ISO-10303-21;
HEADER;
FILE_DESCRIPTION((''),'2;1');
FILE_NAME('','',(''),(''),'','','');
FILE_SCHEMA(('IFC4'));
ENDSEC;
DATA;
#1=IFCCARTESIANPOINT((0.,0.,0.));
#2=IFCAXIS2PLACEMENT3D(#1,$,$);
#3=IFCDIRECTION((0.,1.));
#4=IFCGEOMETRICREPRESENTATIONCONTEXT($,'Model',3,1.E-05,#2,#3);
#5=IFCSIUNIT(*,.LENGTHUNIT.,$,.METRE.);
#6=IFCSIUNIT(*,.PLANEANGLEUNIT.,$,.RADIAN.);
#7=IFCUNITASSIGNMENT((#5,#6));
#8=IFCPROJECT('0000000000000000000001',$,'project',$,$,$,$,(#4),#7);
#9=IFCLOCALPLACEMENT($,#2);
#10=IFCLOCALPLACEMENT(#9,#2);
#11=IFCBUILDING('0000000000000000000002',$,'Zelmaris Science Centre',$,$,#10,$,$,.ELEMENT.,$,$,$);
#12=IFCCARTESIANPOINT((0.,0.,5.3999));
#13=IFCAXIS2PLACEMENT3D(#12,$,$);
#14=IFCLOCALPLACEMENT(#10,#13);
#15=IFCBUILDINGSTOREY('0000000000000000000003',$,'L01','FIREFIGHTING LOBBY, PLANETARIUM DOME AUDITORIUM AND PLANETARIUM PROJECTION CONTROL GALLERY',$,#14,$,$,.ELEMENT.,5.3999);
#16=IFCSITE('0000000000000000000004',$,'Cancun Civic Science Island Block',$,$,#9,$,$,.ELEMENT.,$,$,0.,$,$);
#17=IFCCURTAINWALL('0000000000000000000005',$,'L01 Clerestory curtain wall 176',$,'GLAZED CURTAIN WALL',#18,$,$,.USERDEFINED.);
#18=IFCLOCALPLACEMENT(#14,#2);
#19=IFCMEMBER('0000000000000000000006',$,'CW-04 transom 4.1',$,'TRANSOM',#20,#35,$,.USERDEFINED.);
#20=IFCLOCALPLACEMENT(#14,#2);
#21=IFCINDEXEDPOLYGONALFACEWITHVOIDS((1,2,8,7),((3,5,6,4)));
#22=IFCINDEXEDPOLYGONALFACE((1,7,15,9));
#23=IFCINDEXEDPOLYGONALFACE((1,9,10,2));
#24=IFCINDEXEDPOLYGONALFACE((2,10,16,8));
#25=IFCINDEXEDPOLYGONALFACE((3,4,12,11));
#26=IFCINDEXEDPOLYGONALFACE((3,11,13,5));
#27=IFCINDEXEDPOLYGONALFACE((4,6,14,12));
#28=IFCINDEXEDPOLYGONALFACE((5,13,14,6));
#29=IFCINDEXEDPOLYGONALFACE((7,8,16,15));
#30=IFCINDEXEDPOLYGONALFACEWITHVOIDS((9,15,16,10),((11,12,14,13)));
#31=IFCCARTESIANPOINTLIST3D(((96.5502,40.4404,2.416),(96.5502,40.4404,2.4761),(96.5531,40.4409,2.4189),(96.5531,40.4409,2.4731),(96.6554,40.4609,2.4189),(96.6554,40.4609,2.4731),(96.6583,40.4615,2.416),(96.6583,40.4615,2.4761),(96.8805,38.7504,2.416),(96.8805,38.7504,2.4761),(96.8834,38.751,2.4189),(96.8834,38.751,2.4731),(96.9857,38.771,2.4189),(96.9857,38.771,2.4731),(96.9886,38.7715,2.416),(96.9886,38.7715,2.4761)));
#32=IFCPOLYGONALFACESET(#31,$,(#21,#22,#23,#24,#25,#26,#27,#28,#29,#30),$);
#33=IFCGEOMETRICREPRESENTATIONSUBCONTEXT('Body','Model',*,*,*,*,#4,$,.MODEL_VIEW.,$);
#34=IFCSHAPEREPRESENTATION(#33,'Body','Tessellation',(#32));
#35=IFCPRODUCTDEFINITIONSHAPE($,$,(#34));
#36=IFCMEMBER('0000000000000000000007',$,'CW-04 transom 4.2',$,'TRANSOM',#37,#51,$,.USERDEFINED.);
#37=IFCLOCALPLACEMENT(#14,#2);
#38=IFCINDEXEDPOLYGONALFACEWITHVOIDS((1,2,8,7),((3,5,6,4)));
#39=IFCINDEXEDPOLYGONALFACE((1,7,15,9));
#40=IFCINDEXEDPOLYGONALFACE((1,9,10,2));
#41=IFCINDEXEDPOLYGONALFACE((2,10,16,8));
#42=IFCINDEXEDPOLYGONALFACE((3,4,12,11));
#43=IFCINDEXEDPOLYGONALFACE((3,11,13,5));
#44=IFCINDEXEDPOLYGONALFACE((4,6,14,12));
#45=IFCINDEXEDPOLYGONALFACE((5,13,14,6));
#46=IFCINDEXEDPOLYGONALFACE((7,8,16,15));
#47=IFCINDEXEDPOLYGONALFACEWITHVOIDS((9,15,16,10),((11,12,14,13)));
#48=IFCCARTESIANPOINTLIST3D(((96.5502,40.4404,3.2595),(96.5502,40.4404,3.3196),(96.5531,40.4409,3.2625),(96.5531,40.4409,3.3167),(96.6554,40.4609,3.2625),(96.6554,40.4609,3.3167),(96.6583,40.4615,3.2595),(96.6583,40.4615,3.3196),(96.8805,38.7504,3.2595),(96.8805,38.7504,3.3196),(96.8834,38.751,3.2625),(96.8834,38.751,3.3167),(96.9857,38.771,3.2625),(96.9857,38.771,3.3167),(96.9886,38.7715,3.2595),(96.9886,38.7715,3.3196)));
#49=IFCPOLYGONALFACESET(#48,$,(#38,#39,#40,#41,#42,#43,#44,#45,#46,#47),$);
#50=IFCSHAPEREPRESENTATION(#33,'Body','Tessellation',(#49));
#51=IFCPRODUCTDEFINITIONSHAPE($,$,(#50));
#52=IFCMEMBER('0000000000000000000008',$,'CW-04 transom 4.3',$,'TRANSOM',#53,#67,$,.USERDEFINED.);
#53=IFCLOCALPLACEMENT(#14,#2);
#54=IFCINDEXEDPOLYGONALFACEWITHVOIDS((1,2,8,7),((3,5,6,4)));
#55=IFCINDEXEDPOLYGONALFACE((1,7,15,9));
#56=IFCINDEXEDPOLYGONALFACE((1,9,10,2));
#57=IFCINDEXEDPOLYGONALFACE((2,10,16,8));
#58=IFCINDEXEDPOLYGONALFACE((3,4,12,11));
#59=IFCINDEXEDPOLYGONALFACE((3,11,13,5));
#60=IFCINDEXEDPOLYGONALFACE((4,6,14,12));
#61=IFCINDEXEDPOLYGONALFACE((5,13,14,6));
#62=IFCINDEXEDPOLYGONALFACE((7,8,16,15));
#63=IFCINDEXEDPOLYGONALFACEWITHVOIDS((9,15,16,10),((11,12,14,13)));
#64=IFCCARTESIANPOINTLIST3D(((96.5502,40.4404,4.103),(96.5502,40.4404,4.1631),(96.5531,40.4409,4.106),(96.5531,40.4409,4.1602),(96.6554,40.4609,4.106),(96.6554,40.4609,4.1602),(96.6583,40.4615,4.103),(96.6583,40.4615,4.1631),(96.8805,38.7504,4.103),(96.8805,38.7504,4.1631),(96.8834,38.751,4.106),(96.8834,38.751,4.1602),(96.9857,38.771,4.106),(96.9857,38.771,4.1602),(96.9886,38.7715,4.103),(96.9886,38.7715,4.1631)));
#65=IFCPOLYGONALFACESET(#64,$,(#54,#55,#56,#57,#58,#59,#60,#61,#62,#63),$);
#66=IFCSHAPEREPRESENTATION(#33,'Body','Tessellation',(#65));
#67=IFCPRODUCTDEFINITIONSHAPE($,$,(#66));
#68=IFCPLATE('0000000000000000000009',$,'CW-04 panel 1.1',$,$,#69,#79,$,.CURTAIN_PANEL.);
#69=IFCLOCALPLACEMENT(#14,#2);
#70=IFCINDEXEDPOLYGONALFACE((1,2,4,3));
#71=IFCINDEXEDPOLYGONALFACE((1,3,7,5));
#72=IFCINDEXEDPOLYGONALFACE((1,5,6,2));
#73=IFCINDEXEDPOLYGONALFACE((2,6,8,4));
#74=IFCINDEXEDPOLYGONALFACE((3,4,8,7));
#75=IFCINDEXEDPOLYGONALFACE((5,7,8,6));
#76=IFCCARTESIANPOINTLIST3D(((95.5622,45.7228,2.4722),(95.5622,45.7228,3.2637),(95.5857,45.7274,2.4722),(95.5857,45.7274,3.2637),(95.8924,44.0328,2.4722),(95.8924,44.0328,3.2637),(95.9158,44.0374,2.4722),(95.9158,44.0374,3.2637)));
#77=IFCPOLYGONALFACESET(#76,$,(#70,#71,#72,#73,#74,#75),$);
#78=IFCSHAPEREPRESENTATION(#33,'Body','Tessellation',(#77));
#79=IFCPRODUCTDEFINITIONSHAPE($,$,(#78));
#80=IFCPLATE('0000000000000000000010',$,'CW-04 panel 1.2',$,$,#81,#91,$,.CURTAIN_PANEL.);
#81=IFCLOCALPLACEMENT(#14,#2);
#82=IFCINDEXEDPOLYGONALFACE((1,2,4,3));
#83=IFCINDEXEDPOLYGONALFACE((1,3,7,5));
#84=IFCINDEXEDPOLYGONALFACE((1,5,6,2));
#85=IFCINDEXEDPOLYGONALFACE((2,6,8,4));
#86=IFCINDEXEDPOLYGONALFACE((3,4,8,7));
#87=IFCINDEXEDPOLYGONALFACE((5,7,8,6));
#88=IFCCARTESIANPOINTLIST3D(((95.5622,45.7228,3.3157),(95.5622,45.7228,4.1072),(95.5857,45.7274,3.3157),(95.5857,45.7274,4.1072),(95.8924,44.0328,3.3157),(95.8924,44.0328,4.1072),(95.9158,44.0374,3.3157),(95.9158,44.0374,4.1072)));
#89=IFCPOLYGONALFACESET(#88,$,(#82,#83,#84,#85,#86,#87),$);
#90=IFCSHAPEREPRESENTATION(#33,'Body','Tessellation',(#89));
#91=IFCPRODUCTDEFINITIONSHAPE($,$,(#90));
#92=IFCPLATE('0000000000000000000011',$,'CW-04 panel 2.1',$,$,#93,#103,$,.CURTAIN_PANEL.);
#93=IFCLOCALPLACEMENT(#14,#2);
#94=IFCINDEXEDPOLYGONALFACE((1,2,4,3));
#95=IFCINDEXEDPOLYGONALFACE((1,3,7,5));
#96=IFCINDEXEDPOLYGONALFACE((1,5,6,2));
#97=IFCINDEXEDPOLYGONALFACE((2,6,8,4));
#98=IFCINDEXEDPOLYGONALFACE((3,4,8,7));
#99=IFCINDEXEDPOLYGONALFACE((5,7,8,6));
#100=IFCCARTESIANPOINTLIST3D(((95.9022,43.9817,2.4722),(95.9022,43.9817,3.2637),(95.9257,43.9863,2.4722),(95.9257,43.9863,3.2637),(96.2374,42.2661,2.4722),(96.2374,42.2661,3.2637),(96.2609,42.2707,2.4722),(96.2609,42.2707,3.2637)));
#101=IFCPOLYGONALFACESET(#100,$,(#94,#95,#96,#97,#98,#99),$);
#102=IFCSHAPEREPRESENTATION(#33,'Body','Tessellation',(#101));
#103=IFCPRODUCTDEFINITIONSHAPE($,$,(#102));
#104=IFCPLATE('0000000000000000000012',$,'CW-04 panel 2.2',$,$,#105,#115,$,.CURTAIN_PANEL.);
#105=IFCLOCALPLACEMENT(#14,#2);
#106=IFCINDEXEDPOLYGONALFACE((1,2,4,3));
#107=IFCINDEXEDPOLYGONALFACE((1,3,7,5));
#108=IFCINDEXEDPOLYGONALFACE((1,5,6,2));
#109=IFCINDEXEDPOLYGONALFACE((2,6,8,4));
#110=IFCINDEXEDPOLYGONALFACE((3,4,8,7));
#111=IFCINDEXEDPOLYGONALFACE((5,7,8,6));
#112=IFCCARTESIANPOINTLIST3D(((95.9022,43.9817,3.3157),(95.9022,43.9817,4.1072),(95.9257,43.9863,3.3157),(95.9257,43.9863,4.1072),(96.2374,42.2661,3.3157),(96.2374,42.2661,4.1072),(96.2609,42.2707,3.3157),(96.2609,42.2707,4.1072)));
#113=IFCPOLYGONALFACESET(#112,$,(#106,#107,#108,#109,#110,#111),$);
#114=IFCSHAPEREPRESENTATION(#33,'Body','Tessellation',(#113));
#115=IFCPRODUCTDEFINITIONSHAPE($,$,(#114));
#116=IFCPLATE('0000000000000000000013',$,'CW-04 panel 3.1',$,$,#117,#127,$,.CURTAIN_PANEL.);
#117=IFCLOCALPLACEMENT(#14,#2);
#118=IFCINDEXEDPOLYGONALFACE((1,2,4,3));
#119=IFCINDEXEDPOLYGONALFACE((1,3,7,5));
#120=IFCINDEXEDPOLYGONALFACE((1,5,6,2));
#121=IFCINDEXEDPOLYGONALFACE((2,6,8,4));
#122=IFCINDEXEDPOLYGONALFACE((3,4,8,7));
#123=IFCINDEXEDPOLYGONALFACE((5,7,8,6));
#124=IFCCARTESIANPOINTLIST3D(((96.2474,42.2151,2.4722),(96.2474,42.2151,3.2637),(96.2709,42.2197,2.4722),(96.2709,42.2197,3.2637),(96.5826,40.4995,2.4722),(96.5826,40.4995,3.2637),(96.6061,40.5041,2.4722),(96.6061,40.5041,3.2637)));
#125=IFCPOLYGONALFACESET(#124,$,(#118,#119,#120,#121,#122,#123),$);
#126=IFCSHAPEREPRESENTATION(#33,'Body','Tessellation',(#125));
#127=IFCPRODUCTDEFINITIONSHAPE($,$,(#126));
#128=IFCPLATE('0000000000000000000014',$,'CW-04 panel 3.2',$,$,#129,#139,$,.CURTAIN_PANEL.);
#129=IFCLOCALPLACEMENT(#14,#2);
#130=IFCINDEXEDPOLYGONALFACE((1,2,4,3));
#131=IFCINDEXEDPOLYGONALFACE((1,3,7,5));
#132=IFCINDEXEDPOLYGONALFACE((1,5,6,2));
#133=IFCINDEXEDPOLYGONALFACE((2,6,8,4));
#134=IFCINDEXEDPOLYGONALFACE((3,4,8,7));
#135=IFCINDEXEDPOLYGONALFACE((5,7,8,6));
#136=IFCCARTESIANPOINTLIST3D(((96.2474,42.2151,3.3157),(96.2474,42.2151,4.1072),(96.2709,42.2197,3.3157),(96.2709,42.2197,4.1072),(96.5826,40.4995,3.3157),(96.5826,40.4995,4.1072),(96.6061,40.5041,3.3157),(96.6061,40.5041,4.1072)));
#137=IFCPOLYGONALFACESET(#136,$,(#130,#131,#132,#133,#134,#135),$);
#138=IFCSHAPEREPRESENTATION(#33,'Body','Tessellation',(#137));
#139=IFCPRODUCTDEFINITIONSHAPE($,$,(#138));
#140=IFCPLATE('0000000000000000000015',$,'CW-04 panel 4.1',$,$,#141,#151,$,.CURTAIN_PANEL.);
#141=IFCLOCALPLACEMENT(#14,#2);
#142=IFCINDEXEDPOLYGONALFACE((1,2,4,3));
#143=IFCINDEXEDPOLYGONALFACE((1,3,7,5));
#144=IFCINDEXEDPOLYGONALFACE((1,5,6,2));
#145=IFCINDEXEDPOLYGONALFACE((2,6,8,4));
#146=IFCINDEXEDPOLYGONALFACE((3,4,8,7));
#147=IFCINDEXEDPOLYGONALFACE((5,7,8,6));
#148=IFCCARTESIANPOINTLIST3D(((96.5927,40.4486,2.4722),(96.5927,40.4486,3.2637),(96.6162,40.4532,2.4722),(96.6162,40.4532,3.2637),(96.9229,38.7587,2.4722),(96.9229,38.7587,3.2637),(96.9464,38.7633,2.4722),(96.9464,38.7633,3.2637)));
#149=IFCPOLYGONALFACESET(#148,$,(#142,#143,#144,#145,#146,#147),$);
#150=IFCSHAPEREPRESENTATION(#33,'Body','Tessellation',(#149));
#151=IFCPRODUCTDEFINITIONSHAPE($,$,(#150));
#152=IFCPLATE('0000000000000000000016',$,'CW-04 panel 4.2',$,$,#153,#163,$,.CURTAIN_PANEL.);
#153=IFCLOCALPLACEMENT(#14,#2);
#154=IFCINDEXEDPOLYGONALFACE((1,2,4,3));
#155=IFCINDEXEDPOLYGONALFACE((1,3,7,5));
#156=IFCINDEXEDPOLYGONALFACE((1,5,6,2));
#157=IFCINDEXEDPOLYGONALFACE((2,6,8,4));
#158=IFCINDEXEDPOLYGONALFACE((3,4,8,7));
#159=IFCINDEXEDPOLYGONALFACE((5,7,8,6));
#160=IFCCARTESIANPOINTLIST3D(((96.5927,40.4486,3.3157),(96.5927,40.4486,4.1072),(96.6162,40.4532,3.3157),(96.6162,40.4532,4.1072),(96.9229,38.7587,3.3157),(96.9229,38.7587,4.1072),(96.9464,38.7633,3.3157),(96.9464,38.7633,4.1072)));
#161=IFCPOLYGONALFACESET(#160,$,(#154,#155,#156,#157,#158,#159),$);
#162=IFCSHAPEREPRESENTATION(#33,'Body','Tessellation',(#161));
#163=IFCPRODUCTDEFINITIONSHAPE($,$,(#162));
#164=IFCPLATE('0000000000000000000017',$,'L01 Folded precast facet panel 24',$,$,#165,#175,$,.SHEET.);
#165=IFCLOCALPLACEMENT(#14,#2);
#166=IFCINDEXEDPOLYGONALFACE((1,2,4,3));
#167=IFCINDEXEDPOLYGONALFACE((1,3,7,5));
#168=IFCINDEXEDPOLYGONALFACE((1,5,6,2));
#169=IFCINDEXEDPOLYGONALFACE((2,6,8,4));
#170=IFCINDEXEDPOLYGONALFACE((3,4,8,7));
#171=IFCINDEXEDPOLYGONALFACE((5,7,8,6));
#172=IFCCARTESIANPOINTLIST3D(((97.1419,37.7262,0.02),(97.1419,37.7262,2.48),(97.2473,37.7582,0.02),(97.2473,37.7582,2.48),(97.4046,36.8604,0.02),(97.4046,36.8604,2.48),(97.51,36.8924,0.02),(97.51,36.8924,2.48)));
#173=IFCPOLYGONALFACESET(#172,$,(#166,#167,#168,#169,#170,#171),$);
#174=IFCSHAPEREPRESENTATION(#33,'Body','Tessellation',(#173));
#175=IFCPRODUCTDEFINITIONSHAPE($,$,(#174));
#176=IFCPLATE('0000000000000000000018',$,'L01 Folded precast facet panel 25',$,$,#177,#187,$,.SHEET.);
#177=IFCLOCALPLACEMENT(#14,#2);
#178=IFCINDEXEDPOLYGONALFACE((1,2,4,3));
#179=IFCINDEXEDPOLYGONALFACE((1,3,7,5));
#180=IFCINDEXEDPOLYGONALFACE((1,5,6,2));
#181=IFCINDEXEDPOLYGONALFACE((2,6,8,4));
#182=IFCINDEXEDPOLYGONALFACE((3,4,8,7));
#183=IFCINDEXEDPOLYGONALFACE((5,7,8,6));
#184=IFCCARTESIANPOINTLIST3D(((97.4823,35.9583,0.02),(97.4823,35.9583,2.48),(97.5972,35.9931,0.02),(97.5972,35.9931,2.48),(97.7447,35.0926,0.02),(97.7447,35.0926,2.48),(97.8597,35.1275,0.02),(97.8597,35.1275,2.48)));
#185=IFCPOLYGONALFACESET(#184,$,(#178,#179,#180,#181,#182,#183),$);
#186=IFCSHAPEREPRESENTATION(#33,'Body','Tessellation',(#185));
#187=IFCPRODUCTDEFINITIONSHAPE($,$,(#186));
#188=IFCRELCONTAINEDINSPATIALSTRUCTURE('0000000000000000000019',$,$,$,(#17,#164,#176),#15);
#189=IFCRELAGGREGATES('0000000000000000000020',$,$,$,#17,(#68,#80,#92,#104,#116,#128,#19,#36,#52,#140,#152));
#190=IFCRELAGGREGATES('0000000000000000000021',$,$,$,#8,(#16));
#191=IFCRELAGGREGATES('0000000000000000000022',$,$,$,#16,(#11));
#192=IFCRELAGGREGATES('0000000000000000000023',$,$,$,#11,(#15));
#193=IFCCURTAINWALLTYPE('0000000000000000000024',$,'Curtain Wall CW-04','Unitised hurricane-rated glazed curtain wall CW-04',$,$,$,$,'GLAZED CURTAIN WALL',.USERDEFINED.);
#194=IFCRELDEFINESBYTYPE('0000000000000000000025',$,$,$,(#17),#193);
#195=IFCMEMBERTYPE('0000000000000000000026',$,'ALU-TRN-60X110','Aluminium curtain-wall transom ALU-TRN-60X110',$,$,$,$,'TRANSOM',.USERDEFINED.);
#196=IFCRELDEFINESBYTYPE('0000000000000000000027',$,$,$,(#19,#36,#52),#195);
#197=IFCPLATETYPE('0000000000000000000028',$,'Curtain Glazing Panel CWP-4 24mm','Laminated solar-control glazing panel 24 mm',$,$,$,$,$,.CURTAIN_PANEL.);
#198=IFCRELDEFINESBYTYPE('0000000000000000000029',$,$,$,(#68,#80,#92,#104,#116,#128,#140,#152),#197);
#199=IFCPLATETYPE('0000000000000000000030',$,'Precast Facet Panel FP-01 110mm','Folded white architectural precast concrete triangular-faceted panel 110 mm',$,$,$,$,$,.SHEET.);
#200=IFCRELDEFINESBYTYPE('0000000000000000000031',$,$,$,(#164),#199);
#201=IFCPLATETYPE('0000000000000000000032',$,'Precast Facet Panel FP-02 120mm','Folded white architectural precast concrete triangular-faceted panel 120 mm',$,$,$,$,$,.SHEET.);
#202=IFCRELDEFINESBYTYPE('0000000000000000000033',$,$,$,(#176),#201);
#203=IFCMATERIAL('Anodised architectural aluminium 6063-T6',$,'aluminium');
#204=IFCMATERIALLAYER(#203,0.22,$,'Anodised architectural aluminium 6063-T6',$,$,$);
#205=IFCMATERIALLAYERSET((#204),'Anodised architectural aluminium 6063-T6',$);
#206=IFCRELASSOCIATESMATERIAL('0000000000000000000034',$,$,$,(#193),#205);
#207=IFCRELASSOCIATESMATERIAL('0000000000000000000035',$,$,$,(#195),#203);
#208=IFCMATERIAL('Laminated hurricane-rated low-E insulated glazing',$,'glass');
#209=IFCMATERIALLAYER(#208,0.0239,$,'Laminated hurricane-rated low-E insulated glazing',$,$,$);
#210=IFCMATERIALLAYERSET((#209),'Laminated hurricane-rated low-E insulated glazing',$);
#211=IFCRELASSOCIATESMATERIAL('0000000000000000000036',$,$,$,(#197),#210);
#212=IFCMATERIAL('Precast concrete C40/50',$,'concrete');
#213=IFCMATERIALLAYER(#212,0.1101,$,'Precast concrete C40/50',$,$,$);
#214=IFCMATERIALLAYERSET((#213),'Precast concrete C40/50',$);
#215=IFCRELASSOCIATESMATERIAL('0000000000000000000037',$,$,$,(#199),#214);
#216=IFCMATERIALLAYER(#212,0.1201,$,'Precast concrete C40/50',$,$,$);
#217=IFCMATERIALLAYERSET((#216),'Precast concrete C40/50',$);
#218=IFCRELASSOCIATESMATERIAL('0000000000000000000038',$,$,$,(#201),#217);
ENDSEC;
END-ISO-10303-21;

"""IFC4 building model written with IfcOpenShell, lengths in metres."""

from ifc_helpers import new_model, si_unit, direction, frame, frame_2d, origin, origin_2d, place, context, subcontext, project, spatial, rectangle, hollow_rectangle, extrude, material, layer, layer_set, material_profile, profile_set, type_object, element, aggregate, save


model = new_model("IFC4")

# Units and contexts
model_context = context("Model", 3, precision=1e-05, world=origin(), true_north=direction((0.0, 1.0)))
body_context = subcontext(model_context, "Body", "Model", "MODEL_VIEW")
ifc_project = project(units=[si_unit("LENGTHUNIT", "METRE"), si_unit("PLANEANGLEUNIT", "RADIAN")], contexts=[model_context])

# Site, building, storey
site_placement = place(None, origin())
site = spatial("IfcSite", under=ifc_project, at=site_placement, Name="Cancun Civic Science Island Block", CompositionType="ELEMENT", RefElevation=0.0)
building_placement = place(site_placement, origin())
building = spatial("IfcBuilding", under=site, at=building_placement, Name="Zelmaris Science Centre", CompositionType="ELEMENT")
storey_placement = place(building_placement, frame((0.0, 0.0, 5.3999)))
storey = spatial("IfcBuildingStorey", under=building, at=storey_placement, Name="L01", Description="FIREFIGHTING LOBBY, PLANETARIUM DOME AUDITORIUM AND PLANETARIUM PROJECTION CONTROL GALLERY", CompositionType="ELEMENT", Elevation=5.3999)

# Curtain wall, members, plates
ifc_material_1 = material(Name="Anodised architectural aluminium 6063-T6", Category="aluminium")
ifc_layer_1 = layer(ifc_material_1, 0.22, Name="Anodised architectural aluminium 6063-T6")
ifc_layer_set_1 = layer_set([ifc_layer_1], Name="Anodised architectural aluminium 6063-T6")
curtain_wall_type = type_object("IfcCurtainWallType", Name="Curtain Wall CW-04", Description="Unitised hurricane-rated glazed curtain wall CW-04", ElementType="GLAZED CURTAIN WALL", PredefinedType="USERDEFINED", material=ifc_layer_set_1)
curtain_wall_placement = place(storey_placement, origin())
curtain_wall = element("IfcCurtainWall", 1, at=curtain_wall_placement, inside=storey, type_object=curtain_wall_type, Name="L01 Clerestory curtain wall 176", ObjectType="GLAZED CURTAIN WALL", PredefinedType="USERDEFINED")
ifc_material_profile_1 = material_profile(ifc_material_1, hollow_rectangle(XDim=0.0601, YDim=0.1101, WallThickness=0.0029, at=origin_2d()), Name="ALU-TRN-60X110")
ifc_profile_set_1 = profile_set([ifc_material_profile_1], Name="Anodised architectural aluminium 6063-T6")
member_type_1 = type_object("IfcMemberType", Name="ALU-TRN-60X110", Description="Aluminium curtain-wall transom ALU-TRN-60X110", ElementType="TRANSOM", PredefinedType="USERDEFINED", material=ifc_profile_set_1)
member_1_placement = place(storey_placement, frame((96.6042, 40.4509, 2.446), z_axis=(0.191833, -0.981427, 0.0), x_axis=(0.0, 0.0, 1.0)))
member_1 = element("IfcMember", 2, at=member_1_placement, type_object=member_type_1, Name="CW-04 transom 4.1", ObjectType="TRANSOM", PredefinedType="USERDEFINED", context=body_context, shape_type="SweptSolid", body=[
    extrude(hollow_rectangle(XDim=0.0601, YDim=0.1101, WallThickness=0.0029, at=origin_2d()), origin(), (0.0, 0.0, 1.0), 1.7219),
])
member_2_placement = place(storey_placement, frame((96.6042, 40.4509, 3.2896), z_axis=(0.191833, -0.981427, 0.0), x_axis=(0.0, 0.0, 1.0)))
member_2 = element("IfcMember", 3, at=member_2_placement, type_object=member_type_1, Name="CW-04 transom 4.2", ObjectType="TRANSOM", PredefinedType="USERDEFINED", context=body_context, shape_type="SweptSolid", body=[
    extrude(hollow_rectangle(XDim=0.0601, YDim=0.1101, WallThickness=0.0029, at=origin_2d()), origin(), (0.0, 0.0, 1.0), 1.7219),
])
member_3_placement = place(storey_placement, frame((96.6042, 40.4509, 4.1331), z_axis=(0.191833, -0.981427, 0.0), x_axis=(0.0, 0.0, 1.0)))
member_3 = element("IfcMember", 4, at=member_3_placement, type_object=member_type_1, Name="CW-04 transom 4.3", ObjectType="TRANSOM", PredefinedType="USERDEFINED", context=body_context, shape_type="SweptSolid", body=[
    extrude(hollow_rectangle(XDim=0.0601, YDim=0.1101, WallThickness=0.0029, at=origin_2d()), origin(), (0.0, 0.0, 1.0), 1.7219),
])
ifc_material_2 = material(Name="Laminated hurricane-rated low-E insulated glazing", Category="glass")
ifc_layer_2 = layer(ifc_material_2, 0.0239, Name="Laminated hurricane-rated low-E insulated glazing")
ifc_layer_set_2 = layer_set([ifc_layer_2], Name="Laminated hurricane-rated low-E insulated glazing")
plate_type_1 = type_object("IfcPlateType", Name="Curtain Glazing Panel CWP-4 24mm", Description="Laminated solar-control glazing panel 24 mm", PredefinedType="CURTAIN_PANEL", material=ifc_layer_set_2)
plate_1_placement = place(storey_placement, frame((95.739, 44.8801, 2.4722), z_axis=(0.0, 0.0, 1.0), x_axis=(0.19175, -0.981444, 0.0)))
plate_1 = element("IfcPlate", 5, at=plate_1_placement, type_object=plate_type_1, Name="CW-04 panel 1.1", PredefinedType="CURTAIN_PANEL", context=body_context, shape_type="SweptSolid", body=[
    extrude(rectangle(XDim=1.7219, YDim=0.0239, at=origin_2d()), origin(), (0.0, 0.0, 1.0), 0.7915),
])
plate_2_placement = place(storey_placement, frame((95.739, 44.8801, 3.3157), z_axis=(0.0, 0.0, 1.0), x_axis=(0.19175, -0.981444, 0.0)))
plate_2 = element("IfcPlate", 6, at=plate_2_placement, type_object=plate_type_1, Name="CW-04 panel 1.2", PredefinedType="CURTAIN_PANEL", context=body_context, shape_type="SweptSolid", body=[
    extrude(rectangle(XDim=1.7219, YDim=0.0239, at=origin_2d()), origin(), (0.0, 0.0, 1.0), 0.7915),
])
plate_3_placement = place(storey_placement, frame((96.0815, 43.1262, 2.4722), z_axis=(0.0, 0.0, 1.0), x_axis=(0.19175, -0.981444, 0.0)))
plate_3 = element("IfcPlate", 7, at=plate_3_placement, type_object=plate_type_1, Name="CW-04 panel 2.1", PredefinedType="CURTAIN_PANEL", context=body_context, shape_type="SweptSolid", body=[
    extrude(rectangle(XDim=1.748, YDim=0.0239, at=origin_2d()), origin(), (0.0, 0.0, 1.0), 0.7915),
])
plate_4_placement = place(storey_placement, frame((96.0815, 43.1262, 3.3157), z_axis=(0.0, 0.0, 1.0), x_axis=(0.19175, -0.981444, 0.0)))
plate_4 = element("IfcPlate", 8, at=plate_4_placement, type_object=plate_type_1, Name="CW-04 panel 2.2", PredefinedType="CURTAIN_PANEL", context=body_context, shape_type="SweptSolid", body=[
    extrude(rectangle(XDim=1.748, YDim=0.0239, at=origin_2d()), origin(), (0.0, 0.0, 1.0), 0.7915),
])
plate_5_placement = place(storey_placement, frame((96.4268, 41.3596, 2.4722), z_axis=(0.0, 0.0, 1.0), x_axis=(0.19175, -0.981444, 0.0)))
plate_5 = element("IfcPlate", 9, at=plate_5_placement, type_object=plate_type_1, Name="CW-04 panel 3.1", PredefinedType="CURTAIN_PANEL", context=body_context, shape_type="SweptSolid", body=[
    extrude(rectangle(XDim=1.748, YDim=0.0239, at=origin_2d()), origin(), (0.0, 0.0, 1.0), 0.7915),
])
plate_6_placement = place(storey_placement, frame((96.4268, 41.3596, 3.3157), z_axis=(0.0, 0.0, 1.0), x_axis=(0.19175, -0.981444, 0.0)))
plate_6 = element("IfcPlate", 10, at=plate_6_placement, type_object=plate_type_1, Name="CW-04 panel 3.2", PredefinedType="CURTAIN_PANEL", context=body_context, shape_type="SweptSolid", body=[
    extrude(rectangle(XDim=1.748, YDim=0.0239, at=origin_2d()), origin(), (0.0, 0.0, 1.0), 0.7915),
])
plate_7_placement = place(storey_placement, frame((96.7695, 39.606, 2.4722), z_axis=(0.0, 0.0, 1.0), x_axis=(0.19175, -0.981444, 0.0)))
plate_7 = element("IfcPlate", 11, at=plate_7_placement, type_object=plate_type_1, Name="CW-04 panel 4.1", PredefinedType="CURTAIN_PANEL", context=body_context, shape_type="SweptSolid", body=[
    extrude(rectangle(XDim=1.7219, YDim=0.0239, at=origin_2d()), origin(), (0.0, 0.0, 1.0), 0.7915),
])
plate_8_placement = place(storey_placement, frame((96.7695, 39.606, 3.3157), z_axis=(0.0, 0.0, 1.0), x_axis=(0.19175, -0.981444, 0.0)))
plate_8 = element("IfcPlate", 12, at=plate_8_placement, type_object=plate_type_1, Name="CW-04 panel 4.2", PredefinedType="CURTAIN_PANEL", context=body_context, shape_type="SweptSolid", body=[
    extrude(rectangle(XDim=1.7219, YDim=0.0239, at=origin_2d()), origin(), (0.0, 0.0, 1.0), 0.7915),
])
aggregate(curtain_wall, [plate_1, plate_2, plate_3, plate_4, plate_5, plate_6, member_1, member_2, member_3, plate_7, plate_8])

# Plates
ifc_material_3 = material(Name="Precast concrete C40/50", Category="concrete")
ifc_layer_3 = layer(ifc_material_3, 0.1101, Name="Precast concrete C40/50")
ifc_layer_set_3 = layer_set([ifc_layer_3], Name="Precast concrete C40/50")
plate_type_2 = type_object("IfcPlateType", Name="Precast Facet Panel FP-01 110mm", Description="Folded white architectural precast concrete triangular-faceted panel 110 mm", PredefinedType="SHEET", material=ifc_layer_set_3)
plate_9_placement = place(storey_placement, frame((97.1946, 37.7422, 0.02), z_axis=(0.0, 0.0, 1.0), x_axis=(0.290367, -0.956915, 0.0)))
element("IfcPlate", 13, at=plate_9_placement, inside=storey, type_object=plate_type_2, Name="L01 Folded precast facet panel 24", PredefinedType="SHEET", context=body_context, shape_type="SweptSolid", body=[
    extrude(rectangle(XDim=0.9048, YDim=0.1101, at=frame_2d((0.4524, 0.0))), origin(), (0.0, 0.0, 1.0), 2.46),
])
ifc_layer_4 = layer(ifc_material_3, 0.1201, Name="Precast concrete C40/50")
ifc_layer_set_4 = layer_set([ifc_layer_4], Name="Precast concrete C40/50")
plate_type_3 = type_object("IfcPlateType", Name="Precast Facet Panel FP-02 120mm", Description="Folded white architectural precast concrete triangular-faceted panel 120 mm", PredefinedType="SHEET", material=ifc_layer_set_4)
plate_10_placement = place(storey_placement, frame((97.5398, 35.9756, 0.02), z_axis=(0.0, 0.0, 1.0), x_axis=(0.29012, -0.95699, 0.0)))
element("IfcPlate", 14, at=plate_10_placement, inside=storey, type_object=plate_type_3, Name="L01 Folded precast facet panel 25", PredefinedType="SHEET", context=body_context, shape_type="SweptSolid", body=[
    extrude(rectangle(XDim=0.9045, YDim=0.1201, at=frame_2d((0.4521, 0.0))), origin(), (0.0, 0.0, 1.0), 2.46),
])

save(model, "model.ifc")
